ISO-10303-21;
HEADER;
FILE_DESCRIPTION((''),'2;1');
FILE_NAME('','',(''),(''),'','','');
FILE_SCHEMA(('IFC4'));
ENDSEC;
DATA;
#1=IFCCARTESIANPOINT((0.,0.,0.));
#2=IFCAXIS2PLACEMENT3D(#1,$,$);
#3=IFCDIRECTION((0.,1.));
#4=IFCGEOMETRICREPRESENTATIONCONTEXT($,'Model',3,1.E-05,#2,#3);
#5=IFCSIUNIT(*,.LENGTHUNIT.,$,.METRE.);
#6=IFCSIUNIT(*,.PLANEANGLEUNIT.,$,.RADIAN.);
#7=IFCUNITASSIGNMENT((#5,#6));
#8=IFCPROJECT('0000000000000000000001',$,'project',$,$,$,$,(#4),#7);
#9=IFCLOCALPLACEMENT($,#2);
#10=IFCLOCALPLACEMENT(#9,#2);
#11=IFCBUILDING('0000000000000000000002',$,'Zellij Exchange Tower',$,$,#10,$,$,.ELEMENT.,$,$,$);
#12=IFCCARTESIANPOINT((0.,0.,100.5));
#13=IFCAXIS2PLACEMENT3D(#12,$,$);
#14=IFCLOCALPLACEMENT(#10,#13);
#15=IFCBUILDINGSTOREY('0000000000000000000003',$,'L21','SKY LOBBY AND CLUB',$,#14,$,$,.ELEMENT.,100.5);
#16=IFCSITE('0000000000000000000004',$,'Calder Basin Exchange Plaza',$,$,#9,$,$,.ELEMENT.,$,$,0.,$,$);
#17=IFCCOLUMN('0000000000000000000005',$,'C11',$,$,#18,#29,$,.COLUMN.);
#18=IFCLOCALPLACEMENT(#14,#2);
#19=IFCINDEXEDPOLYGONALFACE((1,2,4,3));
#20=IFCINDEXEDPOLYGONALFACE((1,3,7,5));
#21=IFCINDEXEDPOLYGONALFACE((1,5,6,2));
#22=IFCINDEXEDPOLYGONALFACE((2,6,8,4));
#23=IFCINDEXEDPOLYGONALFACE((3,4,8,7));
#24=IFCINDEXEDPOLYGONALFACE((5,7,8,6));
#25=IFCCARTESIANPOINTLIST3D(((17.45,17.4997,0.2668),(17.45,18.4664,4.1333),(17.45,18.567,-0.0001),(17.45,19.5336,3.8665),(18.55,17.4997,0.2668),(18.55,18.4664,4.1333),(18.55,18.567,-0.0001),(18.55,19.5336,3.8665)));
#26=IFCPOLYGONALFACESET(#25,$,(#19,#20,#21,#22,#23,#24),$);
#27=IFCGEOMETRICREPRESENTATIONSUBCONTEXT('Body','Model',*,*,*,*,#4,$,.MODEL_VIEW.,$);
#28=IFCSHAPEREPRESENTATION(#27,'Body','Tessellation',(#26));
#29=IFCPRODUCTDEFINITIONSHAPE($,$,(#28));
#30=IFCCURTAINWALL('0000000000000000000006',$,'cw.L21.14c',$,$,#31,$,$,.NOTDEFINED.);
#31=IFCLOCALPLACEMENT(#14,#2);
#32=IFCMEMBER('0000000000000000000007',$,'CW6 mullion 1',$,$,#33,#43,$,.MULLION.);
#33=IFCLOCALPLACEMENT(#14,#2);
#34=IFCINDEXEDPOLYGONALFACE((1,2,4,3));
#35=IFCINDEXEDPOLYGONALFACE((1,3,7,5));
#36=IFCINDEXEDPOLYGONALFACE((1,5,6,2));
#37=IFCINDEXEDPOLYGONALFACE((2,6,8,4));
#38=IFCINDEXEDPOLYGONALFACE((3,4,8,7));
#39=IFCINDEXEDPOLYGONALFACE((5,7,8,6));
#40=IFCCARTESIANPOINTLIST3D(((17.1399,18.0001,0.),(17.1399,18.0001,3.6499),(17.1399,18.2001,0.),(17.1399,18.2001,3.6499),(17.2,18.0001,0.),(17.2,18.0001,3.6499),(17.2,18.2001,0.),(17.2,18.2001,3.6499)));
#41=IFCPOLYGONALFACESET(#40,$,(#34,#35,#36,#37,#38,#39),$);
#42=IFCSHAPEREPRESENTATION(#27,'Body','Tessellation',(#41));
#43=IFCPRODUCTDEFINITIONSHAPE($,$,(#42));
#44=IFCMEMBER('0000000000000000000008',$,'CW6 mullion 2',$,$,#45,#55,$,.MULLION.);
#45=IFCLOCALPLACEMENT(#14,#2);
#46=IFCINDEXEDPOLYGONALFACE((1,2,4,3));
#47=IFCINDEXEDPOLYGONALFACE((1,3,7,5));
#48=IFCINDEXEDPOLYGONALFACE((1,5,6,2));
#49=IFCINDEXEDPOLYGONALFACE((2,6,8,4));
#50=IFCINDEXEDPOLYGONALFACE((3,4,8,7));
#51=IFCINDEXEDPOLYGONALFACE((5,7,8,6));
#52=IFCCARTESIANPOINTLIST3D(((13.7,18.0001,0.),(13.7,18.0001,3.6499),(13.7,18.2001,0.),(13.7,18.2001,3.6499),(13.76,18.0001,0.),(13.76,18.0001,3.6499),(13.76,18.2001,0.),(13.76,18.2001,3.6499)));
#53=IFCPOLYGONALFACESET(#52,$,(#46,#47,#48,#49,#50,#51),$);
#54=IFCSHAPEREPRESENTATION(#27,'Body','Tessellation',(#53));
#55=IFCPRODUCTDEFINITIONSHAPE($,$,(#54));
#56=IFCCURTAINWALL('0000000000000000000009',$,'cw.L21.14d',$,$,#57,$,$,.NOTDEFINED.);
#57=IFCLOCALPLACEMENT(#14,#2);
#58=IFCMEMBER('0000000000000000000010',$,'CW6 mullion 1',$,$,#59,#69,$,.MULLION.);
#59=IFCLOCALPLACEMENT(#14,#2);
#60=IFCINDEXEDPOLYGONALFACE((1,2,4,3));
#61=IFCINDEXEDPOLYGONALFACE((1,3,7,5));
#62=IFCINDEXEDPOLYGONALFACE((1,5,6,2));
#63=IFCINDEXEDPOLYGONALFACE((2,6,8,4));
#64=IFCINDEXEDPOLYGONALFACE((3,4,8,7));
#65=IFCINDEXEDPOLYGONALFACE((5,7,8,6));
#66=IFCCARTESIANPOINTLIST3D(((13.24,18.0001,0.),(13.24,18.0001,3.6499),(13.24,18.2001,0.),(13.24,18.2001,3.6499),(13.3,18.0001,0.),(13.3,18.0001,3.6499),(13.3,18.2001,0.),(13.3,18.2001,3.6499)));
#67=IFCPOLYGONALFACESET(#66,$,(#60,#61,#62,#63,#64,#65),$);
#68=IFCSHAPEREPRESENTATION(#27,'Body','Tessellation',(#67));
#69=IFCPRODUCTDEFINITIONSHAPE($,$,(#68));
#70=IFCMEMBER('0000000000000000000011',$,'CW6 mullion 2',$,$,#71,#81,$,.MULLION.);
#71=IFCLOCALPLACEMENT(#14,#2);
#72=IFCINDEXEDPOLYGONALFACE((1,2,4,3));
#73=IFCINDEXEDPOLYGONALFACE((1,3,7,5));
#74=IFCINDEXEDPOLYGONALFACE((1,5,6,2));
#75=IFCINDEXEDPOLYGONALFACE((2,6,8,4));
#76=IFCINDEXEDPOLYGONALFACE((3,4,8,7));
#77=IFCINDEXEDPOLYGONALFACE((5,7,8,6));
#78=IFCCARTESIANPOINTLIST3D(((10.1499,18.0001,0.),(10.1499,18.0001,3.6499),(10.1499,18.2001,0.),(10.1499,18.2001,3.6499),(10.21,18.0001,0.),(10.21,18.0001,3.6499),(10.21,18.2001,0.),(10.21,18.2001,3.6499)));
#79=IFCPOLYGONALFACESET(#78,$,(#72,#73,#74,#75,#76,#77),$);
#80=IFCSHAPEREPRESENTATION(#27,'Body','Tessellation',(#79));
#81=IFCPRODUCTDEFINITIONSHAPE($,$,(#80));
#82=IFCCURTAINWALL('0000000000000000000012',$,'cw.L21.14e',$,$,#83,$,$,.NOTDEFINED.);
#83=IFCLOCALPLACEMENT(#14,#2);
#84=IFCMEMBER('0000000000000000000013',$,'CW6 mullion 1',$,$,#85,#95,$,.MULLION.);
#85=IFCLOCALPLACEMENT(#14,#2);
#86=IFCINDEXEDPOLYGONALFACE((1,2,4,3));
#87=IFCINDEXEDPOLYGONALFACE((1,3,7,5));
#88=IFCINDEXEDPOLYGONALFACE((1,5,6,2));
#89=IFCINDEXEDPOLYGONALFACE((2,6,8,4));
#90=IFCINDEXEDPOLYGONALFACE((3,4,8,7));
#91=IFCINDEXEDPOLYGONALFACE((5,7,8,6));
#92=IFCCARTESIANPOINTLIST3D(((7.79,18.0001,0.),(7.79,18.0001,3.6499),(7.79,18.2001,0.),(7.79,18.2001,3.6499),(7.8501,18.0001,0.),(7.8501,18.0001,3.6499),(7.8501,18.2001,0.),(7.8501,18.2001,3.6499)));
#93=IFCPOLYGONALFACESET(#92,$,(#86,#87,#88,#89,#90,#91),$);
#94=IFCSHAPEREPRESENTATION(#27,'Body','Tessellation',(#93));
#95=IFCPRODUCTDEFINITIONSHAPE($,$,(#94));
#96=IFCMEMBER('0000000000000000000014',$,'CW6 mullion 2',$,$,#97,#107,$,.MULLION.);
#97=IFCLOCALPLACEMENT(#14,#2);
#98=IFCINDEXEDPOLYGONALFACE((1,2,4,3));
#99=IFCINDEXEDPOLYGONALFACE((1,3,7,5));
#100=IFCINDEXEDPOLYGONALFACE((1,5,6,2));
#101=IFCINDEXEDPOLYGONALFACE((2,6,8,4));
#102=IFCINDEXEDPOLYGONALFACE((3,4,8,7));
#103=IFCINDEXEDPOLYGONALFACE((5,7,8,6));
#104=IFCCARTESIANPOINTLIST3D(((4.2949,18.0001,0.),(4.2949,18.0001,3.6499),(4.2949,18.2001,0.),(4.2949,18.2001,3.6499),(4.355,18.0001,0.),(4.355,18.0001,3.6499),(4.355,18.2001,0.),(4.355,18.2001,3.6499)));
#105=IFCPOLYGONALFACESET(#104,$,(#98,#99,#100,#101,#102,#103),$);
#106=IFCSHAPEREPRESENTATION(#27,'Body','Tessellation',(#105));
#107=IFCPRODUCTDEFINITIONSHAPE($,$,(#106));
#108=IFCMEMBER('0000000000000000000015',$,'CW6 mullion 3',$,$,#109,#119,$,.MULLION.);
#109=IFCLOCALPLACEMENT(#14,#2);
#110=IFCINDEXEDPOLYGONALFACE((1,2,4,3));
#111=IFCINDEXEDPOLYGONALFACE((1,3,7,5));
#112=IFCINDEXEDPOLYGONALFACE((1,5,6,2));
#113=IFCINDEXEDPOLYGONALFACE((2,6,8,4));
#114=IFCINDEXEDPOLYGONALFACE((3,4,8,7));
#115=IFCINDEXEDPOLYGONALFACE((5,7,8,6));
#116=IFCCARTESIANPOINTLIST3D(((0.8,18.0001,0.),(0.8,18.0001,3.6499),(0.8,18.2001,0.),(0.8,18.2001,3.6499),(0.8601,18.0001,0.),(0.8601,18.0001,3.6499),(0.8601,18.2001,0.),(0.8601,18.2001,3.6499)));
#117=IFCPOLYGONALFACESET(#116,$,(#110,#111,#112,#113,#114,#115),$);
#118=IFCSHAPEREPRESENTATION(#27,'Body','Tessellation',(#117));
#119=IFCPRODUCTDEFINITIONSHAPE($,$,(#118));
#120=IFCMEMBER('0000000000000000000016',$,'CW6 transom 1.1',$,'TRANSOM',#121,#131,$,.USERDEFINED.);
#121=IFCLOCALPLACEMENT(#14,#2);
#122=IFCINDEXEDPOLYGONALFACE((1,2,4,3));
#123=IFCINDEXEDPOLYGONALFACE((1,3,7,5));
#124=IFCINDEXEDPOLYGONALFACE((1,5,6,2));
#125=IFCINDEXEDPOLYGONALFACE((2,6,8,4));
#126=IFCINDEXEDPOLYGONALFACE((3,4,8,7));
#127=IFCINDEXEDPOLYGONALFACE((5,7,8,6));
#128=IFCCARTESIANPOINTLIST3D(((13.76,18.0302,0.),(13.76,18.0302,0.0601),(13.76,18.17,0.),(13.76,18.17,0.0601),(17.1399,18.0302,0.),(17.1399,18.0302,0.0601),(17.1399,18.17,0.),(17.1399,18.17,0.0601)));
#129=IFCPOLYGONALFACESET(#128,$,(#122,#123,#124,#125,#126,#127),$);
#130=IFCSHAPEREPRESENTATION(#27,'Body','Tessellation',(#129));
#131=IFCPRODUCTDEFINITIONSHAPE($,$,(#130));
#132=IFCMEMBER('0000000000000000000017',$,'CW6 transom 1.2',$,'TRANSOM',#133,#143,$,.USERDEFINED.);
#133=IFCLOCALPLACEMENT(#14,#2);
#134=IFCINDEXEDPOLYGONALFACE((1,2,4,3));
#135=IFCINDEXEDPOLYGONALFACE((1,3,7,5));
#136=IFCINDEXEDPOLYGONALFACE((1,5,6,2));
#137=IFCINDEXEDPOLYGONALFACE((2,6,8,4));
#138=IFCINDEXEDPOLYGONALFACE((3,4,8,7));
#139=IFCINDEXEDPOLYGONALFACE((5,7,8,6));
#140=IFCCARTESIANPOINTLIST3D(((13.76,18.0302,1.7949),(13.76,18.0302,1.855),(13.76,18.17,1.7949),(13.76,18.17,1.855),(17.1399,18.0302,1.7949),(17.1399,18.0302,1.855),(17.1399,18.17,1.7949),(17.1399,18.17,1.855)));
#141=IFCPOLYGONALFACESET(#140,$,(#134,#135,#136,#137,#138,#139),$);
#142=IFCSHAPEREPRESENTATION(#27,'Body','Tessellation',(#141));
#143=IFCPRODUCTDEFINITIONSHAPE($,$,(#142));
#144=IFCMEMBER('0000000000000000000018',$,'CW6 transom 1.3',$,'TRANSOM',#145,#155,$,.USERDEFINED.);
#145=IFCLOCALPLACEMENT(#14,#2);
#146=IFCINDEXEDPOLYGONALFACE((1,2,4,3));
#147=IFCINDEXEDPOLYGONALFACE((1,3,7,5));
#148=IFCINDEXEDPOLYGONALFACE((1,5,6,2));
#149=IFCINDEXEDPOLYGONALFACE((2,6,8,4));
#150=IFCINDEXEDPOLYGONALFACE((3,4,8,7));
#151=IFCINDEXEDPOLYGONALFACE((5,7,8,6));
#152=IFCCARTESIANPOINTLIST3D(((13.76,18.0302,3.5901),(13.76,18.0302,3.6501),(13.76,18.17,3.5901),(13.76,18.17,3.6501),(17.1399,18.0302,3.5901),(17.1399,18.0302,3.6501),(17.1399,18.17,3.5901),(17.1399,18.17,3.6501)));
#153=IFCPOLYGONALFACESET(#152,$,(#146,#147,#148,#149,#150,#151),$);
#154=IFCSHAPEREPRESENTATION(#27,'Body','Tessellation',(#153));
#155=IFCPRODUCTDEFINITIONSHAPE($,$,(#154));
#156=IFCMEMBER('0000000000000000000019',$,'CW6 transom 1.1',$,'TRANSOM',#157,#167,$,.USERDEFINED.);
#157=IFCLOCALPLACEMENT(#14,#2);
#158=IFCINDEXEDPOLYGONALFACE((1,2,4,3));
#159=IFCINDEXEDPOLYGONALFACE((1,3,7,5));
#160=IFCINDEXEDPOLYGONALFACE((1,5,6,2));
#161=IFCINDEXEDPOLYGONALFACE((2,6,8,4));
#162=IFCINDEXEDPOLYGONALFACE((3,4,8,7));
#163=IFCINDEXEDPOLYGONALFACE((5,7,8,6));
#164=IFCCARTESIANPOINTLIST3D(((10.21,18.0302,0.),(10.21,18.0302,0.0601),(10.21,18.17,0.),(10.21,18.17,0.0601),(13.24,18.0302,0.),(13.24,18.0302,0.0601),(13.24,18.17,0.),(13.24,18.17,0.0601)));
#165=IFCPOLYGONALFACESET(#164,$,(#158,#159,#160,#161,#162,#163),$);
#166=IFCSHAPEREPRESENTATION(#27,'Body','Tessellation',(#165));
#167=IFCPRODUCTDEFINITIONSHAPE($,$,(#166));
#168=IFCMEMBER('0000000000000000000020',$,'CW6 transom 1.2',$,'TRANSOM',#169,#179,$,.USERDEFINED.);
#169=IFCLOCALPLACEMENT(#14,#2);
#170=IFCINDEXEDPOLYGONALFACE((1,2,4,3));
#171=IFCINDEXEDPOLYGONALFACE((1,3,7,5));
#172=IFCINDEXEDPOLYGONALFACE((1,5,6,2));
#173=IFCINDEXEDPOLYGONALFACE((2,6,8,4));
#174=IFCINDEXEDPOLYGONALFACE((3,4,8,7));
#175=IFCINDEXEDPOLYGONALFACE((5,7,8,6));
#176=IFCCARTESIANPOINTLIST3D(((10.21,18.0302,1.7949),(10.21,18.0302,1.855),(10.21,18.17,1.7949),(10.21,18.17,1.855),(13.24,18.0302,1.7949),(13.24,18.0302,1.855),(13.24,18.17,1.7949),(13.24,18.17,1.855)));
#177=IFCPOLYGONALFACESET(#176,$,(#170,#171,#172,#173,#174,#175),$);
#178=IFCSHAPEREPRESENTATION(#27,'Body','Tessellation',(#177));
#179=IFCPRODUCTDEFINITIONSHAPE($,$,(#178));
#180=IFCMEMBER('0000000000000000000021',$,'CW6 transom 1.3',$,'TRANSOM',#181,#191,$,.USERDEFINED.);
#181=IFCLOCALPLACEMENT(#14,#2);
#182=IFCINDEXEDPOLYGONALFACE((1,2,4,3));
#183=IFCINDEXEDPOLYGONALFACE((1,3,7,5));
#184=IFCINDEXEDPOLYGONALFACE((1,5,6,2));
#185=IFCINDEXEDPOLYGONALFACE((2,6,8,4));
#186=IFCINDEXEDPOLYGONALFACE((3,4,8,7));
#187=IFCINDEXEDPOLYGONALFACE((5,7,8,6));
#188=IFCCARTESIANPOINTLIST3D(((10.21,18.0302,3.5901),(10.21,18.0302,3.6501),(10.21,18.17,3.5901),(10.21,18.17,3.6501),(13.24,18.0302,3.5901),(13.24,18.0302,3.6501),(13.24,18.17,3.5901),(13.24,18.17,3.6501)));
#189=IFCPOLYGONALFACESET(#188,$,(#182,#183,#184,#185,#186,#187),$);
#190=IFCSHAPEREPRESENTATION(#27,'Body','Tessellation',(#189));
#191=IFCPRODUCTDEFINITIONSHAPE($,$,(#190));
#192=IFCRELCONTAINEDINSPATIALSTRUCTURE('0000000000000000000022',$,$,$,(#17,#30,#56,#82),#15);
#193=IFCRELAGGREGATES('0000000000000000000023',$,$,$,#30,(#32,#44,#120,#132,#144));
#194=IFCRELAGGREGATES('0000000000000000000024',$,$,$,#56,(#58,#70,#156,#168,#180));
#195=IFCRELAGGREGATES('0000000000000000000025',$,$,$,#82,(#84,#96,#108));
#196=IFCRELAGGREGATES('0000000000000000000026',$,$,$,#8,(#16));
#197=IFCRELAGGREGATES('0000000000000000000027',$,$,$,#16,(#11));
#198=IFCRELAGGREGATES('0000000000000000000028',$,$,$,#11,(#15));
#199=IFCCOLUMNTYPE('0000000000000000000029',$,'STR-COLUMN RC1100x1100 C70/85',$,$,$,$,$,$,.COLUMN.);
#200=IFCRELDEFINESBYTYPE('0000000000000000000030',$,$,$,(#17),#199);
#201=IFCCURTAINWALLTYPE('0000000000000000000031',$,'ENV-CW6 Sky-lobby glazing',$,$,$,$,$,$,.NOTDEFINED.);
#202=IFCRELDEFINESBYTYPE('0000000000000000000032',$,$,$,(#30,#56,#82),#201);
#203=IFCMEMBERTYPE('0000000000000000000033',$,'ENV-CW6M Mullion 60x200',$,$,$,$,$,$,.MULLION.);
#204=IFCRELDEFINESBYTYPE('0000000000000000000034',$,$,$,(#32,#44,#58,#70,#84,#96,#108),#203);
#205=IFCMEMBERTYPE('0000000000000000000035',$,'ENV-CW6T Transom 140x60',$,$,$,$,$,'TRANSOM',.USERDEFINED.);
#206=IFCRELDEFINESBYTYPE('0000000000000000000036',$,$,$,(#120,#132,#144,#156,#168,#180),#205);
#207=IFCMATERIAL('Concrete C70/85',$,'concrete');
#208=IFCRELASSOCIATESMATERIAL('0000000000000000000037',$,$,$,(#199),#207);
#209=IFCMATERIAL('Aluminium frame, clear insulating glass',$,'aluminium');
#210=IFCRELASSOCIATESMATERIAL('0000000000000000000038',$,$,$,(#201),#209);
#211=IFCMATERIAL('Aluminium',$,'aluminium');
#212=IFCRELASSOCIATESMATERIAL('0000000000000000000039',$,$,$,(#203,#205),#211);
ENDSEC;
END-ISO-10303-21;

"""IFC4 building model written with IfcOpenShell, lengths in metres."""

from ifc_helpers import new_model, si_unit, direction, frame, origin, origin_2d, place, context, subcontext, project, spatial, rectangle, extrude, clip, halfspace, material, material_profile, profile_set, type_object, element, aggregate, save


model = new_model("IFC4")

# Units and contexts
model_context = context("Model", 3, precision=1e-05, world=origin(), true_north=direction((0.0, 1.0)))
body_context = subcontext(model_context, "Body", "Model", "MODEL_VIEW")
ifc_project = project(units=[si_unit("LENGTHUNIT", "METRE"), si_unit("PLANEANGLEUNIT", "RADIAN")], contexts=[model_context])

# Site, building, storey
site_placement = place(None, origin())
site = spatial("IfcSite", under=ifc_project, at=site_placement, Name="Calder Basin Exchange Plaza", CompositionType="ELEMENT", RefElevation=0.0)
building_placement = place(site_placement, origin())
building = spatial("IfcBuilding", under=site, at=building_placement, Name="Zellij Exchange Tower", CompositionType="ELEMENT")
storey_placement = place(building_placement, frame((0.0, 0.0, 100.5)))
storey = spatial("IfcBuildingStorey", under=building, at=storey_placement, Name="L21", Description="SKY LOBBY AND CLUB", CompositionType="ELEMENT", Elevation=100.5)

# Column
ifc_material_1 = material(Name="Concrete C70/85", Category="concrete")
ifc_material_profile_1 = material_profile(ifc_material_1, rectangle(XDim=1.1001, YDim=1.1001, at=origin_2d()), Name="STR-COLUMN RC1100x1100 C70/85")
ifc_profile_set_1 = profile_set([ifc_material_profile_1], Name="Concrete C70/85")
column_type = type_object("IfcColumnType", Name="STR-COLUMN RC1100x1100 C70/85", PredefinedType="COLUMN", material=ifc_profile_set_1)
column_placement = place(storey_placement, frame((18.0, 18.0, 0.0), z_axis=(0.0, 0.242536, 0.970143), x_axis=(-1.0, 0.0, 0.0)))
element("IfcColumn", 1, at=column_placement, inside=storey, type_object=column_type, Name="C11", PredefinedType="COLUMN", context=body_context, shape_type="Clipping", body=[
    clip(extrude(rectangle(XDim=1.1001, YDim=1.1001, at=origin_2d()), origin(), (0.0, 0.0, 1.0), 4.123), halfspace(frame((0.0, 0.0, 0.1375)), True)),
])

# Curtain walls, members
ifc_material_2 = material(Name="Aluminium frame, clear insulating glass", Category="aluminium")
curtain_wall_type = type_object("IfcCurtainWallType", Name="ENV-CW6 Sky-lobby glazing", PredefinedType="NOTDEFINED", material=ifc_material_2)
curtain_wall_1_placement = place(storey_placement, origin())
curtain_wall_1 = element("IfcCurtainWall", 2, at=curtain_wall_1_placement, inside=storey, type_object=curtain_wall_type, Name="cw.L21.14c", PredefinedType="NOTDEFINED")
ifc_material_3 = material(Name="Aluminium", Category="aluminium")
ifc_material_profile_2 = material_profile(ifc_material_3, rectangle(XDim=0.0601, YDim=0.2, at=origin_2d()), Name="AL 60x200")
ifc_profile_set_2 = profile_set([ifc_material_profile_2], Name="Aluminium")
member_type_1 = type_object("IfcMemberType", Name="ENV-CW6M Mullion 60x200", PredefinedType="MULLION", material=ifc_profile_set_2)
member_1_placement = place(storey_placement, frame((17.1699, 18.1001, 0.0), z_axis=(0.0, 0.0, 1.0), x_axis=(-1.0, 0.0, 0.0)))
member_1 = element("IfcMember", 3, at=member_1_placement, type_object=member_type_1, Name="CW6 mullion 1", PredefinedType="MULLION", context=body_context, shape_type="SweptSolid", body=[
    extrude(rectangle(XDim=0.0601, YDim=0.2, at=origin_2d()), origin(), (0.0, 0.0, 1.0), 3.6499),
])
member_2_placement = place(storey_placement, frame((13.73, 18.1001, 0.0), z_axis=(0.0, 0.0, 1.0), x_axis=(-1.0, 0.0, 0.0)))
member_2 = element("IfcMember", 4, at=member_2_placement, type_object=member_type_1, Name="CW6 mullion 2", PredefinedType="MULLION", context=body_context, shape_type="SweptSolid", body=[
    extrude(rectangle(XDim=0.0601, YDim=0.2, at=origin_2d()), origin(), (0.0, 0.0, 1.0), 3.6499),
])
curtain_wall_2_placement = place(storey_placement, origin())
curtain_wall_2 = element("IfcCurtainWall", 5, at=curtain_wall_2_placement, inside=storey, type_object=curtain_wall_type, Name="cw.L21.14d", PredefinedType="NOTDEFINED")
member_3_placement = place(storey_placement, frame((13.27, 18.1001, 0.0), z_axis=(0.0, 0.0, 1.0), x_axis=(-1.0, 0.0, 0.0)))
member_3 = element("IfcMember", 6, at=member_3_placement, type_object=member_type_1, Name="CW6 mullion 1", PredefinedType="MULLION", context=body_context, shape_type="SweptSolid", body=[
    extrude(rectangle(XDim=0.0601, YDim=0.2, at=origin_2d()), origin(), (0.0, 0.0, 1.0), 3.6499),
])
member_4_placement = place(storey_placement, frame((10.1799, 18.1001, 0.0), z_axis=(0.0, 0.0, 1.0), x_axis=(-1.0, 0.0, 0.0)))
member_4 = element("IfcMember", 7, at=member_4_placement, type_object=member_type_1, Name="CW6 mullion 2", PredefinedType="MULLION", context=body_context, shape_type="SweptSolid", body=[
    extrude(rectangle(XDim=0.0601, YDim=0.2, at=origin_2d()), origin(), (0.0, 0.0, 1.0), 3.6499),
])
curtain_wall_3_placement = place(storey_placement, origin())
curtain_wall_3 = element("IfcCurtainWall", 8, at=curtain_wall_3_placement, inside=storey, type_object=curtain_wall_type, Name="cw.L21.14e", PredefinedType="NOTDEFINED")
member_5_placement = place(storey_placement, frame((7.8201, 18.1001, 0.0), z_axis=(0.0, 0.0, 1.0), x_axis=(-1.0, 0.0, 0.0)))
member_5 = element("IfcMember", 9, at=member_5_placement, type_object=member_type_1, Name="CW6 mullion 1", PredefinedType="MULLION", context=body_context, shape_type="SweptSolid", body=[
    extrude(rectangle(XDim=0.0601, YDim=0.2, at=origin_2d()), origin(), (0.0, 0.0, 1.0), 3.6499),
])
member_6_placement = place(storey_placement, frame((4.325, 18.1001, 0.0), z_axis=(0.0, 0.0, 1.0), x_axis=(-1.0, 0.0, 0.0)))
member_6 = element("IfcMember", 10, at=member_6_placement, type_object=member_type_1, Name="CW6 mullion 2", PredefinedType="MULLION", context=body_context, shape_type="SweptSolid", body=[
    extrude(rectangle(XDim=0.0601, YDim=0.2, at=origin_2d()), origin(), (0.0, 0.0, 1.0), 3.6499),
])
member_7_placement = place(storey_placement, frame((0.8301, 18.1001, 0.0), z_axis=(0.0, 0.0, 1.0), x_axis=(-1.0, 0.0, 0.0)))
member_7 = element("IfcMember", 11, at=member_7_placement, type_object=member_type_1, Name="CW6 mullion 3", PredefinedType="MULLION", context=body_context, shape_type="SweptSolid", body=[
    extrude(rectangle(XDim=0.0601, YDim=0.2, at=origin_2d()), origin(), (0.0, 0.0, 1.0), 3.6499),
])

# Members
ifc_material_profile_3 = material_profile(ifc_material_3, rectangle(XDim=0.1399, YDim=0.0601, at=origin_2d()), Name="AL 140x60")
ifc_profile_set_3 = profile_set([ifc_material_profile_3], Name="Aluminium")
member_type_2 = type_object("IfcMemberType", Name="ENV-CW6T Transom 140x60", ElementType="TRANSOM", PredefinedType="USERDEFINED", material=ifc_profile_set_3)
member_8_placement = place(storey_placement, frame((17.1399, 18.1001, 0.03), z_axis=(-1.0, 0.0, 0.0), x_axis=(0.0, -1.0, 0.0)))
member_8 = element("IfcMember", 12, at=member_8_placement, type_object=member_type_2, Name="CW6 transom 1.1", ObjectType="TRANSOM", PredefinedType="USERDEFINED", context=body_context, shape_type="SweptSolid", body=[
    extrude(rectangle(XDim=0.1399, YDim=0.0601, at=origin_2d()), origin(), (0.0, 0.0, 1.0), 3.3799),
])
member_9_placement = place(storey_placement, frame((17.1399, 18.1001, 1.825), z_axis=(-1.0, 0.0, 0.0), x_axis=(0.0, -1.0, 0.0)))
member_9 = element("IfcMember", 13, at=member_9_placement, type_object=member_type_2, Name="CW6 transom 1.2", ObjectType="TRANSOM", PredefinedType="USERDEFINED", context=body_context, shape_type="SweptSolid", body=[
    extrude(rectangle(XDim=0.1399, YDim=0.0601, at=origin_2d()), origin(), (0.0, 0.0, 1.0), 3.3799),
])
member_10_placement = place(storey_placement, frame((17.1399, 18.1001, 3.6201), z_axis=(-1.0, 0.0, 0.0), x_axis=(0.0, -1.0, 0.0)))
member_10 = element("IfcMember", 14, at=member_10_placement, type_object=member_type_2, Name="CW6 transom 1.3", ObjectType="TRANSOM", PredefinedType="USERDEFINED", context=body_context, shape_type="SweptSolid", body=[
    extrude(rectangle(XDim=0.1399, YDim=0.0601, at=origin_2d()), origin(), (0.0, 0.0, 1.0), 3.3799),
])
member_11_placement = place(storey_placement, frame((13.24, 18.1001, 0.03), z_axis=(-1.0, 0.0, 0.0), x_axis=(0.0, -1.0, 0.0)))
member_11 = element("IfcMember", 15, at=member_11_placement, type_object=member_type_2, Name="CW6 transom 1.1", ObjectType="TRANSOM", PredefinedType="USERDEFINED", context=body_context, shape_type="SweptSolid", body=[
    extrude(rectangle(XDim=0.1399, YDim=0.0601, at=origin_2d()), origin(), (0.0, 0.0, 1.0), 3.03),
])
member_12_placement = place(storey_placement, frame((13.24, 18.1001, 1.825), z_axis=(-1.0, 0.0, 0.0), x_axis=(0.0, -1.0, 0.0)))
member_12 = element("IfcMember", 16, at=member_12_placement, type_object=member_type_2, Name="CW6 transom 1.2", ObjectType="TRANSOM", PredefinedType="USERDEFINED", context=body_context, shape_type="SweptSolid", body=[
    extrude(rectangle(XDim=0.1399, YDim=0.0601, at=origin_2d()), origin(), (0.0, 0.0, 1.0), 3.03),
])
member_13_placement = place(storey_placement, frame((13.24, 18.1001, 3.6201), z_axis=(-1.0, 0.0, 0.0), x_axis=(0.0, -1.0, 0.0)))
member_13 = element("IfcMember", 17, at=member_13_placement, type_object=member_type_2, Name="CW6 transom 1.3", ObjectType="TRANSOM", PredefinedType="USERDEFINED", context=body_context, shape_type="SweptSolid", body=[
    extrude(rectangle(XDim=0.1399, YDim=0.0601, at=origin_2d()), origin(), (0.0, 0.0, 1.0), 3.03),
])

aggregate(curtain_wall_1, [member_1, member_2, member_8, member_9, member_10])
aggregate(curtain_wall_2, [member_3, member_4, member_11, member_12, member_13])
aggregate(curtain_wall_3, [member_5, member_6, member_7])

save(model, "model.ifc")
